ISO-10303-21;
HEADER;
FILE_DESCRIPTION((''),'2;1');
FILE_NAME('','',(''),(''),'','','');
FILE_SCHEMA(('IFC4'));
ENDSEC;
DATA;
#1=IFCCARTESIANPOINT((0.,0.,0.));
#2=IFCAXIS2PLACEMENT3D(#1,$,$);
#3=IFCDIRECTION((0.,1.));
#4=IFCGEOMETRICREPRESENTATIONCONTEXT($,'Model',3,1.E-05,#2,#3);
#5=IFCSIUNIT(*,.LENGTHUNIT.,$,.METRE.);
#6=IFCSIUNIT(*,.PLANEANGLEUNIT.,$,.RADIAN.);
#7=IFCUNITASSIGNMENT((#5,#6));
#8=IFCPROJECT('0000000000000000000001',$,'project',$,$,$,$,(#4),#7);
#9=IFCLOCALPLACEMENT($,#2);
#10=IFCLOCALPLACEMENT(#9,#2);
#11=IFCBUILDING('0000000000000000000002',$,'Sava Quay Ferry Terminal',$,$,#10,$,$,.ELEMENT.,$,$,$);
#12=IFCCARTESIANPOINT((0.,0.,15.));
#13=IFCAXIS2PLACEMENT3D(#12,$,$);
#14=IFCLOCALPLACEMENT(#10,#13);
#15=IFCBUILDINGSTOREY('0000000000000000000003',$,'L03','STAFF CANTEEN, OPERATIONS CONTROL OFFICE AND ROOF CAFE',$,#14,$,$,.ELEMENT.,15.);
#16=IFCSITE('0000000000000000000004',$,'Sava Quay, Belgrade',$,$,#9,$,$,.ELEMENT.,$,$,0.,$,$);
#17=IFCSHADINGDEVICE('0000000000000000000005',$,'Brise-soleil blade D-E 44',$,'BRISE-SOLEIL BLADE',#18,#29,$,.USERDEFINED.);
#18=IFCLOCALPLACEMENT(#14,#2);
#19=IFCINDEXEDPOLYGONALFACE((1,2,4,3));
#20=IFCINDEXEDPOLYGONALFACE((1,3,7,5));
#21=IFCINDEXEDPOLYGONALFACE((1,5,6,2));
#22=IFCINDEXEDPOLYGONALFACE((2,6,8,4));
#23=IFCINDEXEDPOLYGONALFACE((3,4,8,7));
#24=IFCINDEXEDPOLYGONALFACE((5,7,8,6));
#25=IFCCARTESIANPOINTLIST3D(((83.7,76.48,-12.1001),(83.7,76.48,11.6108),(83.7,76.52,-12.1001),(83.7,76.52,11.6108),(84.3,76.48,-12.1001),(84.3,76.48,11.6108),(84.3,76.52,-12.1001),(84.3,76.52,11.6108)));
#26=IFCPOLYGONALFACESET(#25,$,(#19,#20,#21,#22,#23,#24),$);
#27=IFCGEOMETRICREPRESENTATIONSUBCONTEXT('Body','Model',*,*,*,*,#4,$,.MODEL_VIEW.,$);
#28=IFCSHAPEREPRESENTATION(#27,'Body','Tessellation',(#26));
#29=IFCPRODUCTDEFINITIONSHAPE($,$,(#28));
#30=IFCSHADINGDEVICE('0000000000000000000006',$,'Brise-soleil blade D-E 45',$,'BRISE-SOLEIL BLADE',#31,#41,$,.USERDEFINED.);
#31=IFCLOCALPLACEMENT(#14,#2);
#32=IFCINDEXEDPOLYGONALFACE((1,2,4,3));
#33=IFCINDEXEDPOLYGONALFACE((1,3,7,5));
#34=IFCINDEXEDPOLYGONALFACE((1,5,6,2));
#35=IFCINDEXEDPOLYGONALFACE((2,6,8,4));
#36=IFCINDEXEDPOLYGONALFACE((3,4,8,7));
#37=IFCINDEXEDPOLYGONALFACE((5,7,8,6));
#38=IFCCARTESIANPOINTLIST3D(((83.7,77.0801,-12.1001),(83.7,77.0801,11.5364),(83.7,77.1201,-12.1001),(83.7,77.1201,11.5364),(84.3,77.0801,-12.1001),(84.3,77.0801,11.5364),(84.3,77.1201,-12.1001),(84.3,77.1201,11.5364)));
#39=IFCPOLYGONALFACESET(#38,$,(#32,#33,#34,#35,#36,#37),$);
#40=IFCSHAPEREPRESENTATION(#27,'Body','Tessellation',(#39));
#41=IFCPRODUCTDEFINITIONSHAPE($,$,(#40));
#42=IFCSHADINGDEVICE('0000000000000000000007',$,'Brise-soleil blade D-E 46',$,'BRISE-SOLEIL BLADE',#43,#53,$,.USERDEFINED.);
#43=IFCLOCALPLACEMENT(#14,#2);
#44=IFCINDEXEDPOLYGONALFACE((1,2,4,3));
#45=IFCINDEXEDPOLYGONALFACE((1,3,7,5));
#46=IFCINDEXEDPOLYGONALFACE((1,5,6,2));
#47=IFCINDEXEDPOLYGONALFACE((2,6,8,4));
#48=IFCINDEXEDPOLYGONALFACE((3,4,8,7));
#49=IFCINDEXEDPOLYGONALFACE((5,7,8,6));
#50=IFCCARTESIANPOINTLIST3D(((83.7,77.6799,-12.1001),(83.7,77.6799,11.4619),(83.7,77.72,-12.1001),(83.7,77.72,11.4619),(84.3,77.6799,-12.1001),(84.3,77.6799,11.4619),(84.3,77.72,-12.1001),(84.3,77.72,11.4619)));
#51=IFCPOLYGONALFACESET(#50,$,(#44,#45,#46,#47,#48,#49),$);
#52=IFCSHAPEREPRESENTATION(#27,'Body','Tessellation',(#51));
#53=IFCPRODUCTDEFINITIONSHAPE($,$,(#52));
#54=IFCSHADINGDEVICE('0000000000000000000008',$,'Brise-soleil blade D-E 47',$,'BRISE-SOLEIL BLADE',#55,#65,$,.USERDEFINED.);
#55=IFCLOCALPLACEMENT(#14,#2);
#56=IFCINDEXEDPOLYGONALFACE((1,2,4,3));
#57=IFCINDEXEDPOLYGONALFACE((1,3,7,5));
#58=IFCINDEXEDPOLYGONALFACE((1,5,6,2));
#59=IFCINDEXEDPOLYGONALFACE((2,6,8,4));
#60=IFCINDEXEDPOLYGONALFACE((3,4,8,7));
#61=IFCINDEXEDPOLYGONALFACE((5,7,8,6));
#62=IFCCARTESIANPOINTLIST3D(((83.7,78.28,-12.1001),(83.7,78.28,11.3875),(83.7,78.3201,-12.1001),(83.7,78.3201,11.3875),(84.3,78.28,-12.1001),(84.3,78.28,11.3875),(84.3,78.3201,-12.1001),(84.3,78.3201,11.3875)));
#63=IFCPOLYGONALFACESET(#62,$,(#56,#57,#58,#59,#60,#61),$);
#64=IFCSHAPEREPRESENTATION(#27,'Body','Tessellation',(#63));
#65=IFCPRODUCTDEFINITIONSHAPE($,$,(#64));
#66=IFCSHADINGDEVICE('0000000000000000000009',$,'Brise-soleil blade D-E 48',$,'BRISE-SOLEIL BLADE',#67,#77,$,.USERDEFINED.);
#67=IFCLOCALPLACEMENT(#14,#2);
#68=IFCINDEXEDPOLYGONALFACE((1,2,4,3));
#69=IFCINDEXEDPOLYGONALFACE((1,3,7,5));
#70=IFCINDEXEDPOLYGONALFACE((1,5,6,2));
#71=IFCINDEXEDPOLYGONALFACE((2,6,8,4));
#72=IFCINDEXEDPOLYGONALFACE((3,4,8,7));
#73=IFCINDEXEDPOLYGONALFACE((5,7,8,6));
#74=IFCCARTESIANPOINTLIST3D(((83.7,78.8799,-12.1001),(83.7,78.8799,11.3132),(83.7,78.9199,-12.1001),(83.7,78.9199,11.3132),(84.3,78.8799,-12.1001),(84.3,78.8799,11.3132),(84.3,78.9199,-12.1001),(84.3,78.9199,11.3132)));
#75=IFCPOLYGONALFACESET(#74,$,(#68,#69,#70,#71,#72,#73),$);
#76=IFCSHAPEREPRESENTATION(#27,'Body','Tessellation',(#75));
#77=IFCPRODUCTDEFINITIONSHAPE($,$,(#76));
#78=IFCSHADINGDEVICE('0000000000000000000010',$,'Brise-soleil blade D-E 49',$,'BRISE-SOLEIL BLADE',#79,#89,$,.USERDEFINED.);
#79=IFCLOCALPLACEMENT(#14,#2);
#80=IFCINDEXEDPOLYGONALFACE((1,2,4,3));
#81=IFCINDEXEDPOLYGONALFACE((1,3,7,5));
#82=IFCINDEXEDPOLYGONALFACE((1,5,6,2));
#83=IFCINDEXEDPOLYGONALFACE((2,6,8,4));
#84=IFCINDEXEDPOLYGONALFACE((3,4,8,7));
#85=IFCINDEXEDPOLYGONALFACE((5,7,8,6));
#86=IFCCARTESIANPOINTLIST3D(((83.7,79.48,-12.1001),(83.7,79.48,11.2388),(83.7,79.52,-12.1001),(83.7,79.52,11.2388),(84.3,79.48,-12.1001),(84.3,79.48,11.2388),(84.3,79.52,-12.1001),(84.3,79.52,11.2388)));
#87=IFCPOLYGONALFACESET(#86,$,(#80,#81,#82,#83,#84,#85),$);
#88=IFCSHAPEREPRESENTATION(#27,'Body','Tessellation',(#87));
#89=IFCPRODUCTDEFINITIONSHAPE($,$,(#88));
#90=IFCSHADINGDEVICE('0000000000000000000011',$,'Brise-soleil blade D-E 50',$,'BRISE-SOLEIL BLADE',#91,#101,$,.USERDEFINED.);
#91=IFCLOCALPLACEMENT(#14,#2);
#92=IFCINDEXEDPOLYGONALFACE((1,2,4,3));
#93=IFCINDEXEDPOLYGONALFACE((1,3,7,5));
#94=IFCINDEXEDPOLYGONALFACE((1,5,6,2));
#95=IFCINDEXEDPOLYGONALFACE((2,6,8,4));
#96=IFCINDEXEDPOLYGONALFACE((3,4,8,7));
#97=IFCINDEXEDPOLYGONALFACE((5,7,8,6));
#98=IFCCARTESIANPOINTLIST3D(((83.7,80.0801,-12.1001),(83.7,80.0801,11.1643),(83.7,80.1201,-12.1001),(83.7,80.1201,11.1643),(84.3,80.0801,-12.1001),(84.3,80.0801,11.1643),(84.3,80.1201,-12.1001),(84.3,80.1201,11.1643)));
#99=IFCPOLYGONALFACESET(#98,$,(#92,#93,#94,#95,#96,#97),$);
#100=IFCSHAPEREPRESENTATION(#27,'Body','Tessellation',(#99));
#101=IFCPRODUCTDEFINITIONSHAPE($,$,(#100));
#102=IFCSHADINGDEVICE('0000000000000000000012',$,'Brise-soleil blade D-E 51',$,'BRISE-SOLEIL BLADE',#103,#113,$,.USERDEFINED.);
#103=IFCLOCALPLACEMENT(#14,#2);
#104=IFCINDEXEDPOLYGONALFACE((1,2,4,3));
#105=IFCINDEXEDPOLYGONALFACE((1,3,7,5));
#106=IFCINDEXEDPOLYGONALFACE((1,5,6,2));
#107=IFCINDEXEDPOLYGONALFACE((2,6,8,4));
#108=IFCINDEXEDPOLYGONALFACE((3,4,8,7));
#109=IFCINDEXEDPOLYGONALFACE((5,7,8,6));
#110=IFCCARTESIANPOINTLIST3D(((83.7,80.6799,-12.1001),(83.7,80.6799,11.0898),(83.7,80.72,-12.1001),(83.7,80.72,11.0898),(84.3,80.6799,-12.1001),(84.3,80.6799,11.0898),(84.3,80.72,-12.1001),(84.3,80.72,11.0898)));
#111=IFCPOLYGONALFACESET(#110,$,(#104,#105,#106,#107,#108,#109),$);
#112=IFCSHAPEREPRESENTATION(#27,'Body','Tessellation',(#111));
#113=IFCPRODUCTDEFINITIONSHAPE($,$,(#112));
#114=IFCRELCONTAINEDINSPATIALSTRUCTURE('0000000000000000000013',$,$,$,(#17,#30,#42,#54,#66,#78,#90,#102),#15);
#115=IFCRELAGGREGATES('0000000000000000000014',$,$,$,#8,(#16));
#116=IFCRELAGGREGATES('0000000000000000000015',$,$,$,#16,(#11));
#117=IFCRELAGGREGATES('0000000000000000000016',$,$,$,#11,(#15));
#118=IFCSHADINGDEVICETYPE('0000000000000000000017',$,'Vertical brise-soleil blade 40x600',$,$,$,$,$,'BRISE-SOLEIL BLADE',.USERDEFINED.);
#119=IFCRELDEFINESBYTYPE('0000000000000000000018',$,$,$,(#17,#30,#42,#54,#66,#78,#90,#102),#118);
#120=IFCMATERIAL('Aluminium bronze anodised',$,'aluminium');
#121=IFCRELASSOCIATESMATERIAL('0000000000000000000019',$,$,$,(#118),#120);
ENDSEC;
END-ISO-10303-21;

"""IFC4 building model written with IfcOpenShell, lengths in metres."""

from ifc_helpers import new_model, si_unit, direction, frame, origin, origin_2d, place, context, subcontext, project, spatial, rectangle, extrude, material, material_profile, profile_set, type_object, element, save


model = new_model("IFC4")

# Units and contexts
model_context = context("Model", 3, precision=1e-05, world=origin(), true_north=direction((0.0, 1.0)))
body_context = subcontext(model_context, "Body", "Model", "MODEL_VIEW")
ifc_project = project(units=[si_unit("LENGTHUNIT", "METRE"), si_unit("PLANEANGLEUNIT", "RADIAN")], contexts=[model_context])

# Site, building, storey
site_placement = place(None, origin())
site = spatial("IfcSite", under=ifc_project, at=site_placement, Name="Sava Quay, Belgrade", CompositionType="ELEMENT", RefElevation=0.0)
building_placement = place(site_placement, origin())
building = spatial("IfcBuilding", under=site, at=building_placement, Name="Sava Quay Ferry Terminal", CompositionType="ELEMENT")
storey_placement = place(building_placement, frame((0.0, 0.0, 15.0)))
storey = spatial("IfcBuildingStorey", under=building, at=storey_placement, Name="L03", Description="STAFF CANTEEN, OPERATIONS CONTROL OFFICE AND ROOF CAFE", CompositionType="ELEMENT", Elevation=15.0)

# Shading devices
ifc_material_1 = material(Name="Aluminium bronze anodised", Category="aluminium")
ifc_material_profile_1 = material_profile(ifc_material_1, rectangle(XDim=0.04, YDim=0.6001, at=origin_2d()), Name="Vertical brise-soleil blade 40x600")
ifc_profile_set_1 = profile_set([ifc_material_profile_1], Name="Aluminium bronze anodised")
shading_device_type = type_object("IfcShadingDeviceType", Name="Vertical brise-soleil blade 40x600", ElementType="BRISE-SOLEIL BLADE", PredefinedType="USERDEFINED", material=ifc_profile_set_1)
shading_device_1_placement = place(storey_placement, frame((84.0, 76.5, -12.1001), z_axis=(0.0, 0.0, 1.0), x_axis=(0.0, 1.0, 0.0)))
element("IfcShadingDevice", 1, at=shading_device_1_placement, inside=storey, type_object=shading_device_type, Name="Brise-soleil blade D-E 44", ObjectType="BRISE-SOLEIL BLADE", PredefinedType="USERDEFINED", context=body_context, shape_type="SweptSolid", body=[
    extrude(rectangle(XDim=0.04, YDim=0.6001, at=origin_2d()), origin(), (0.0, 0.0, 1.0), 23.7109),
])
shading_device_2_placement = place(storey_placement, frame((84.0, 77.1001, -12.1001), z_axis=(0.0, 0.0, 1.0), x_axis=(0.0, 1.0, 0.0)))
element("IfcShadingDevice", 2, at=shading_device_2_placement, inside=storey, type_object=shading_device_type, Name="Brise-soleil blade D-E 45", ObjectType="BRISE-SOLEIL BLADE", PredefinedType="USERDEFINED", context=body_context, shape_type="SweptSolid", body=[
    extrude(rectangle(XDim=0.04, YDim=0.6001, at=origin_2d()), origin(), (0.0, 0.0, 1.0), 23.6365),
])
shading_device_3_placement = place(storey_placement, frame((84.0, 77.7, -12.1001), z_axis=(0.0, 0.0, 1.0), x_axis=(0.0, 1.0, 0.0)))
element("IfcShadingDevice", 3, at=shading_device_3_placement, inside=storey, type_object=shading_device_type, Name="Brise-soleil blade D-E 46", ObjectType="BRISE-SOLEIL BLADE", PredefinedType="USERDEFINED", context=body_context, shape_type="SweptSolid", body=[
    extrude(rectangle(XDim=0.04, YDim=0.6001, at=origin_2d()), origin(), (0.0, 0.0, 1.0), 23.562),
])
shading_device_4_placement = place(storey_placement, frame((84.0, 78.3, -12.1001), z_axis=(0.0, 0.0, 1.0), x_axis=(0.0, 1.0, 0.0)))
element("IfcShadingDevice", 4, at=shading_device_4_placement, inside=storey, type_object=shading_device_type, Name="Brise-soleil blade D-E 47", ObjectType="BRISE-SOLEIL BLADE", PredefinedType="USERDEFINED", context=body_context, shape_type="SweptSolid", body=[
    extrude(rectangle(XDim=0.04, YDim=0.6001, at=origin_2d()), origin(), (0.0, 0.0, 1.0), 23.4875),
])
shading_device_5_placement = place(storey_placement, frame((84.0, 78.8999, -12.1001), z_axis=(0.0, 0.0, 1.0), x_axis=(0.0, 1.0, 0.0)))
element("IfcShadingDevice", 5, at=shading_device_5_placement, inside=storey, type_object=shading_device_type, Name="Brise-soleil blade D-E 48", ObjectType="BRISE-SOLEIL BLADE", PredefinedType="USERDEFINED", context=body_context, shape_type="SweptSolid", body=[
    extrude(rectangle(XDim=0.04, YDim=0.6001, at=origin_2d()), origin(), (0.0, 0.0, 1.0), 23.4133),
])
shading_device_6_placement = place(storey_placement, frame((84.0, 79.5, -12.1001), z_axis=(0.0, 0.0, 1.0), x_axis=(0.0, 1.0, 0.0)))
element("IfcShadingDevice", 6, at=shading_device_6_placement, inside=storey, type_object=shading_device_type, Name="Brise-soleil blade D-E 49", ObjectType="BRISE-SOLEIL BLADE", PredefinedType="USERDEFINED", context=body_context, shape_type="SweptSolid", body=[
    extrude(rectangle(XDim=0.04, YDim=0.6001, at=origin_2d()), origin(), (0.0, 0.0, 1.0), 23.3389),
])
shading_device_7_placement = place(storey_placement, frame((84.0, 80.1001, -12.1001), z_axis=(0.0, 0.0, 1.0), x_axis=(0.0, 1.0, 0.0)))
element("IfcShadingDevice", 7, at=shading_device_7_placement, inside=storey, type_object=shading_device_type, Name="Brise-soleil blade D-E 50", ObjectType="BRISE-SOLEIL BLADE", PredefinedType="USERDEFINED", context=body_context, shape_type="SweptSolid", body=[
    extrude(rectangle(XDim=0.04, YDim=0.6001, at=origin_2d()), origin(), (0.0, 0.0, 1.0), 23.2644),
])
shading_device_8_placement = place(storey_placement, frame((84.0, 80.7, -12.1001), z_axis=(0.0, 0.0, 1.0), x_axis=(0.0, 1.0, 0.0)))
element("IfcShadingDevice", 8, at=shading_device_8_placement, inside=storey, type_object=shading_device_type, Name="Brise-soleil blade D-E 51", ObjectType="BRISE-SOLEIL BLADE", PredefinedType="USERDEFINED", context=body_context, shape_type="SweptSolid", body=[
    extrude(rectangle(XDim=0.04, YDim=0.6001, at=origin_2d()), origin(), (0.0, 0.0, 1.0), 23.1899),
])

save(model, "model.ifc")
